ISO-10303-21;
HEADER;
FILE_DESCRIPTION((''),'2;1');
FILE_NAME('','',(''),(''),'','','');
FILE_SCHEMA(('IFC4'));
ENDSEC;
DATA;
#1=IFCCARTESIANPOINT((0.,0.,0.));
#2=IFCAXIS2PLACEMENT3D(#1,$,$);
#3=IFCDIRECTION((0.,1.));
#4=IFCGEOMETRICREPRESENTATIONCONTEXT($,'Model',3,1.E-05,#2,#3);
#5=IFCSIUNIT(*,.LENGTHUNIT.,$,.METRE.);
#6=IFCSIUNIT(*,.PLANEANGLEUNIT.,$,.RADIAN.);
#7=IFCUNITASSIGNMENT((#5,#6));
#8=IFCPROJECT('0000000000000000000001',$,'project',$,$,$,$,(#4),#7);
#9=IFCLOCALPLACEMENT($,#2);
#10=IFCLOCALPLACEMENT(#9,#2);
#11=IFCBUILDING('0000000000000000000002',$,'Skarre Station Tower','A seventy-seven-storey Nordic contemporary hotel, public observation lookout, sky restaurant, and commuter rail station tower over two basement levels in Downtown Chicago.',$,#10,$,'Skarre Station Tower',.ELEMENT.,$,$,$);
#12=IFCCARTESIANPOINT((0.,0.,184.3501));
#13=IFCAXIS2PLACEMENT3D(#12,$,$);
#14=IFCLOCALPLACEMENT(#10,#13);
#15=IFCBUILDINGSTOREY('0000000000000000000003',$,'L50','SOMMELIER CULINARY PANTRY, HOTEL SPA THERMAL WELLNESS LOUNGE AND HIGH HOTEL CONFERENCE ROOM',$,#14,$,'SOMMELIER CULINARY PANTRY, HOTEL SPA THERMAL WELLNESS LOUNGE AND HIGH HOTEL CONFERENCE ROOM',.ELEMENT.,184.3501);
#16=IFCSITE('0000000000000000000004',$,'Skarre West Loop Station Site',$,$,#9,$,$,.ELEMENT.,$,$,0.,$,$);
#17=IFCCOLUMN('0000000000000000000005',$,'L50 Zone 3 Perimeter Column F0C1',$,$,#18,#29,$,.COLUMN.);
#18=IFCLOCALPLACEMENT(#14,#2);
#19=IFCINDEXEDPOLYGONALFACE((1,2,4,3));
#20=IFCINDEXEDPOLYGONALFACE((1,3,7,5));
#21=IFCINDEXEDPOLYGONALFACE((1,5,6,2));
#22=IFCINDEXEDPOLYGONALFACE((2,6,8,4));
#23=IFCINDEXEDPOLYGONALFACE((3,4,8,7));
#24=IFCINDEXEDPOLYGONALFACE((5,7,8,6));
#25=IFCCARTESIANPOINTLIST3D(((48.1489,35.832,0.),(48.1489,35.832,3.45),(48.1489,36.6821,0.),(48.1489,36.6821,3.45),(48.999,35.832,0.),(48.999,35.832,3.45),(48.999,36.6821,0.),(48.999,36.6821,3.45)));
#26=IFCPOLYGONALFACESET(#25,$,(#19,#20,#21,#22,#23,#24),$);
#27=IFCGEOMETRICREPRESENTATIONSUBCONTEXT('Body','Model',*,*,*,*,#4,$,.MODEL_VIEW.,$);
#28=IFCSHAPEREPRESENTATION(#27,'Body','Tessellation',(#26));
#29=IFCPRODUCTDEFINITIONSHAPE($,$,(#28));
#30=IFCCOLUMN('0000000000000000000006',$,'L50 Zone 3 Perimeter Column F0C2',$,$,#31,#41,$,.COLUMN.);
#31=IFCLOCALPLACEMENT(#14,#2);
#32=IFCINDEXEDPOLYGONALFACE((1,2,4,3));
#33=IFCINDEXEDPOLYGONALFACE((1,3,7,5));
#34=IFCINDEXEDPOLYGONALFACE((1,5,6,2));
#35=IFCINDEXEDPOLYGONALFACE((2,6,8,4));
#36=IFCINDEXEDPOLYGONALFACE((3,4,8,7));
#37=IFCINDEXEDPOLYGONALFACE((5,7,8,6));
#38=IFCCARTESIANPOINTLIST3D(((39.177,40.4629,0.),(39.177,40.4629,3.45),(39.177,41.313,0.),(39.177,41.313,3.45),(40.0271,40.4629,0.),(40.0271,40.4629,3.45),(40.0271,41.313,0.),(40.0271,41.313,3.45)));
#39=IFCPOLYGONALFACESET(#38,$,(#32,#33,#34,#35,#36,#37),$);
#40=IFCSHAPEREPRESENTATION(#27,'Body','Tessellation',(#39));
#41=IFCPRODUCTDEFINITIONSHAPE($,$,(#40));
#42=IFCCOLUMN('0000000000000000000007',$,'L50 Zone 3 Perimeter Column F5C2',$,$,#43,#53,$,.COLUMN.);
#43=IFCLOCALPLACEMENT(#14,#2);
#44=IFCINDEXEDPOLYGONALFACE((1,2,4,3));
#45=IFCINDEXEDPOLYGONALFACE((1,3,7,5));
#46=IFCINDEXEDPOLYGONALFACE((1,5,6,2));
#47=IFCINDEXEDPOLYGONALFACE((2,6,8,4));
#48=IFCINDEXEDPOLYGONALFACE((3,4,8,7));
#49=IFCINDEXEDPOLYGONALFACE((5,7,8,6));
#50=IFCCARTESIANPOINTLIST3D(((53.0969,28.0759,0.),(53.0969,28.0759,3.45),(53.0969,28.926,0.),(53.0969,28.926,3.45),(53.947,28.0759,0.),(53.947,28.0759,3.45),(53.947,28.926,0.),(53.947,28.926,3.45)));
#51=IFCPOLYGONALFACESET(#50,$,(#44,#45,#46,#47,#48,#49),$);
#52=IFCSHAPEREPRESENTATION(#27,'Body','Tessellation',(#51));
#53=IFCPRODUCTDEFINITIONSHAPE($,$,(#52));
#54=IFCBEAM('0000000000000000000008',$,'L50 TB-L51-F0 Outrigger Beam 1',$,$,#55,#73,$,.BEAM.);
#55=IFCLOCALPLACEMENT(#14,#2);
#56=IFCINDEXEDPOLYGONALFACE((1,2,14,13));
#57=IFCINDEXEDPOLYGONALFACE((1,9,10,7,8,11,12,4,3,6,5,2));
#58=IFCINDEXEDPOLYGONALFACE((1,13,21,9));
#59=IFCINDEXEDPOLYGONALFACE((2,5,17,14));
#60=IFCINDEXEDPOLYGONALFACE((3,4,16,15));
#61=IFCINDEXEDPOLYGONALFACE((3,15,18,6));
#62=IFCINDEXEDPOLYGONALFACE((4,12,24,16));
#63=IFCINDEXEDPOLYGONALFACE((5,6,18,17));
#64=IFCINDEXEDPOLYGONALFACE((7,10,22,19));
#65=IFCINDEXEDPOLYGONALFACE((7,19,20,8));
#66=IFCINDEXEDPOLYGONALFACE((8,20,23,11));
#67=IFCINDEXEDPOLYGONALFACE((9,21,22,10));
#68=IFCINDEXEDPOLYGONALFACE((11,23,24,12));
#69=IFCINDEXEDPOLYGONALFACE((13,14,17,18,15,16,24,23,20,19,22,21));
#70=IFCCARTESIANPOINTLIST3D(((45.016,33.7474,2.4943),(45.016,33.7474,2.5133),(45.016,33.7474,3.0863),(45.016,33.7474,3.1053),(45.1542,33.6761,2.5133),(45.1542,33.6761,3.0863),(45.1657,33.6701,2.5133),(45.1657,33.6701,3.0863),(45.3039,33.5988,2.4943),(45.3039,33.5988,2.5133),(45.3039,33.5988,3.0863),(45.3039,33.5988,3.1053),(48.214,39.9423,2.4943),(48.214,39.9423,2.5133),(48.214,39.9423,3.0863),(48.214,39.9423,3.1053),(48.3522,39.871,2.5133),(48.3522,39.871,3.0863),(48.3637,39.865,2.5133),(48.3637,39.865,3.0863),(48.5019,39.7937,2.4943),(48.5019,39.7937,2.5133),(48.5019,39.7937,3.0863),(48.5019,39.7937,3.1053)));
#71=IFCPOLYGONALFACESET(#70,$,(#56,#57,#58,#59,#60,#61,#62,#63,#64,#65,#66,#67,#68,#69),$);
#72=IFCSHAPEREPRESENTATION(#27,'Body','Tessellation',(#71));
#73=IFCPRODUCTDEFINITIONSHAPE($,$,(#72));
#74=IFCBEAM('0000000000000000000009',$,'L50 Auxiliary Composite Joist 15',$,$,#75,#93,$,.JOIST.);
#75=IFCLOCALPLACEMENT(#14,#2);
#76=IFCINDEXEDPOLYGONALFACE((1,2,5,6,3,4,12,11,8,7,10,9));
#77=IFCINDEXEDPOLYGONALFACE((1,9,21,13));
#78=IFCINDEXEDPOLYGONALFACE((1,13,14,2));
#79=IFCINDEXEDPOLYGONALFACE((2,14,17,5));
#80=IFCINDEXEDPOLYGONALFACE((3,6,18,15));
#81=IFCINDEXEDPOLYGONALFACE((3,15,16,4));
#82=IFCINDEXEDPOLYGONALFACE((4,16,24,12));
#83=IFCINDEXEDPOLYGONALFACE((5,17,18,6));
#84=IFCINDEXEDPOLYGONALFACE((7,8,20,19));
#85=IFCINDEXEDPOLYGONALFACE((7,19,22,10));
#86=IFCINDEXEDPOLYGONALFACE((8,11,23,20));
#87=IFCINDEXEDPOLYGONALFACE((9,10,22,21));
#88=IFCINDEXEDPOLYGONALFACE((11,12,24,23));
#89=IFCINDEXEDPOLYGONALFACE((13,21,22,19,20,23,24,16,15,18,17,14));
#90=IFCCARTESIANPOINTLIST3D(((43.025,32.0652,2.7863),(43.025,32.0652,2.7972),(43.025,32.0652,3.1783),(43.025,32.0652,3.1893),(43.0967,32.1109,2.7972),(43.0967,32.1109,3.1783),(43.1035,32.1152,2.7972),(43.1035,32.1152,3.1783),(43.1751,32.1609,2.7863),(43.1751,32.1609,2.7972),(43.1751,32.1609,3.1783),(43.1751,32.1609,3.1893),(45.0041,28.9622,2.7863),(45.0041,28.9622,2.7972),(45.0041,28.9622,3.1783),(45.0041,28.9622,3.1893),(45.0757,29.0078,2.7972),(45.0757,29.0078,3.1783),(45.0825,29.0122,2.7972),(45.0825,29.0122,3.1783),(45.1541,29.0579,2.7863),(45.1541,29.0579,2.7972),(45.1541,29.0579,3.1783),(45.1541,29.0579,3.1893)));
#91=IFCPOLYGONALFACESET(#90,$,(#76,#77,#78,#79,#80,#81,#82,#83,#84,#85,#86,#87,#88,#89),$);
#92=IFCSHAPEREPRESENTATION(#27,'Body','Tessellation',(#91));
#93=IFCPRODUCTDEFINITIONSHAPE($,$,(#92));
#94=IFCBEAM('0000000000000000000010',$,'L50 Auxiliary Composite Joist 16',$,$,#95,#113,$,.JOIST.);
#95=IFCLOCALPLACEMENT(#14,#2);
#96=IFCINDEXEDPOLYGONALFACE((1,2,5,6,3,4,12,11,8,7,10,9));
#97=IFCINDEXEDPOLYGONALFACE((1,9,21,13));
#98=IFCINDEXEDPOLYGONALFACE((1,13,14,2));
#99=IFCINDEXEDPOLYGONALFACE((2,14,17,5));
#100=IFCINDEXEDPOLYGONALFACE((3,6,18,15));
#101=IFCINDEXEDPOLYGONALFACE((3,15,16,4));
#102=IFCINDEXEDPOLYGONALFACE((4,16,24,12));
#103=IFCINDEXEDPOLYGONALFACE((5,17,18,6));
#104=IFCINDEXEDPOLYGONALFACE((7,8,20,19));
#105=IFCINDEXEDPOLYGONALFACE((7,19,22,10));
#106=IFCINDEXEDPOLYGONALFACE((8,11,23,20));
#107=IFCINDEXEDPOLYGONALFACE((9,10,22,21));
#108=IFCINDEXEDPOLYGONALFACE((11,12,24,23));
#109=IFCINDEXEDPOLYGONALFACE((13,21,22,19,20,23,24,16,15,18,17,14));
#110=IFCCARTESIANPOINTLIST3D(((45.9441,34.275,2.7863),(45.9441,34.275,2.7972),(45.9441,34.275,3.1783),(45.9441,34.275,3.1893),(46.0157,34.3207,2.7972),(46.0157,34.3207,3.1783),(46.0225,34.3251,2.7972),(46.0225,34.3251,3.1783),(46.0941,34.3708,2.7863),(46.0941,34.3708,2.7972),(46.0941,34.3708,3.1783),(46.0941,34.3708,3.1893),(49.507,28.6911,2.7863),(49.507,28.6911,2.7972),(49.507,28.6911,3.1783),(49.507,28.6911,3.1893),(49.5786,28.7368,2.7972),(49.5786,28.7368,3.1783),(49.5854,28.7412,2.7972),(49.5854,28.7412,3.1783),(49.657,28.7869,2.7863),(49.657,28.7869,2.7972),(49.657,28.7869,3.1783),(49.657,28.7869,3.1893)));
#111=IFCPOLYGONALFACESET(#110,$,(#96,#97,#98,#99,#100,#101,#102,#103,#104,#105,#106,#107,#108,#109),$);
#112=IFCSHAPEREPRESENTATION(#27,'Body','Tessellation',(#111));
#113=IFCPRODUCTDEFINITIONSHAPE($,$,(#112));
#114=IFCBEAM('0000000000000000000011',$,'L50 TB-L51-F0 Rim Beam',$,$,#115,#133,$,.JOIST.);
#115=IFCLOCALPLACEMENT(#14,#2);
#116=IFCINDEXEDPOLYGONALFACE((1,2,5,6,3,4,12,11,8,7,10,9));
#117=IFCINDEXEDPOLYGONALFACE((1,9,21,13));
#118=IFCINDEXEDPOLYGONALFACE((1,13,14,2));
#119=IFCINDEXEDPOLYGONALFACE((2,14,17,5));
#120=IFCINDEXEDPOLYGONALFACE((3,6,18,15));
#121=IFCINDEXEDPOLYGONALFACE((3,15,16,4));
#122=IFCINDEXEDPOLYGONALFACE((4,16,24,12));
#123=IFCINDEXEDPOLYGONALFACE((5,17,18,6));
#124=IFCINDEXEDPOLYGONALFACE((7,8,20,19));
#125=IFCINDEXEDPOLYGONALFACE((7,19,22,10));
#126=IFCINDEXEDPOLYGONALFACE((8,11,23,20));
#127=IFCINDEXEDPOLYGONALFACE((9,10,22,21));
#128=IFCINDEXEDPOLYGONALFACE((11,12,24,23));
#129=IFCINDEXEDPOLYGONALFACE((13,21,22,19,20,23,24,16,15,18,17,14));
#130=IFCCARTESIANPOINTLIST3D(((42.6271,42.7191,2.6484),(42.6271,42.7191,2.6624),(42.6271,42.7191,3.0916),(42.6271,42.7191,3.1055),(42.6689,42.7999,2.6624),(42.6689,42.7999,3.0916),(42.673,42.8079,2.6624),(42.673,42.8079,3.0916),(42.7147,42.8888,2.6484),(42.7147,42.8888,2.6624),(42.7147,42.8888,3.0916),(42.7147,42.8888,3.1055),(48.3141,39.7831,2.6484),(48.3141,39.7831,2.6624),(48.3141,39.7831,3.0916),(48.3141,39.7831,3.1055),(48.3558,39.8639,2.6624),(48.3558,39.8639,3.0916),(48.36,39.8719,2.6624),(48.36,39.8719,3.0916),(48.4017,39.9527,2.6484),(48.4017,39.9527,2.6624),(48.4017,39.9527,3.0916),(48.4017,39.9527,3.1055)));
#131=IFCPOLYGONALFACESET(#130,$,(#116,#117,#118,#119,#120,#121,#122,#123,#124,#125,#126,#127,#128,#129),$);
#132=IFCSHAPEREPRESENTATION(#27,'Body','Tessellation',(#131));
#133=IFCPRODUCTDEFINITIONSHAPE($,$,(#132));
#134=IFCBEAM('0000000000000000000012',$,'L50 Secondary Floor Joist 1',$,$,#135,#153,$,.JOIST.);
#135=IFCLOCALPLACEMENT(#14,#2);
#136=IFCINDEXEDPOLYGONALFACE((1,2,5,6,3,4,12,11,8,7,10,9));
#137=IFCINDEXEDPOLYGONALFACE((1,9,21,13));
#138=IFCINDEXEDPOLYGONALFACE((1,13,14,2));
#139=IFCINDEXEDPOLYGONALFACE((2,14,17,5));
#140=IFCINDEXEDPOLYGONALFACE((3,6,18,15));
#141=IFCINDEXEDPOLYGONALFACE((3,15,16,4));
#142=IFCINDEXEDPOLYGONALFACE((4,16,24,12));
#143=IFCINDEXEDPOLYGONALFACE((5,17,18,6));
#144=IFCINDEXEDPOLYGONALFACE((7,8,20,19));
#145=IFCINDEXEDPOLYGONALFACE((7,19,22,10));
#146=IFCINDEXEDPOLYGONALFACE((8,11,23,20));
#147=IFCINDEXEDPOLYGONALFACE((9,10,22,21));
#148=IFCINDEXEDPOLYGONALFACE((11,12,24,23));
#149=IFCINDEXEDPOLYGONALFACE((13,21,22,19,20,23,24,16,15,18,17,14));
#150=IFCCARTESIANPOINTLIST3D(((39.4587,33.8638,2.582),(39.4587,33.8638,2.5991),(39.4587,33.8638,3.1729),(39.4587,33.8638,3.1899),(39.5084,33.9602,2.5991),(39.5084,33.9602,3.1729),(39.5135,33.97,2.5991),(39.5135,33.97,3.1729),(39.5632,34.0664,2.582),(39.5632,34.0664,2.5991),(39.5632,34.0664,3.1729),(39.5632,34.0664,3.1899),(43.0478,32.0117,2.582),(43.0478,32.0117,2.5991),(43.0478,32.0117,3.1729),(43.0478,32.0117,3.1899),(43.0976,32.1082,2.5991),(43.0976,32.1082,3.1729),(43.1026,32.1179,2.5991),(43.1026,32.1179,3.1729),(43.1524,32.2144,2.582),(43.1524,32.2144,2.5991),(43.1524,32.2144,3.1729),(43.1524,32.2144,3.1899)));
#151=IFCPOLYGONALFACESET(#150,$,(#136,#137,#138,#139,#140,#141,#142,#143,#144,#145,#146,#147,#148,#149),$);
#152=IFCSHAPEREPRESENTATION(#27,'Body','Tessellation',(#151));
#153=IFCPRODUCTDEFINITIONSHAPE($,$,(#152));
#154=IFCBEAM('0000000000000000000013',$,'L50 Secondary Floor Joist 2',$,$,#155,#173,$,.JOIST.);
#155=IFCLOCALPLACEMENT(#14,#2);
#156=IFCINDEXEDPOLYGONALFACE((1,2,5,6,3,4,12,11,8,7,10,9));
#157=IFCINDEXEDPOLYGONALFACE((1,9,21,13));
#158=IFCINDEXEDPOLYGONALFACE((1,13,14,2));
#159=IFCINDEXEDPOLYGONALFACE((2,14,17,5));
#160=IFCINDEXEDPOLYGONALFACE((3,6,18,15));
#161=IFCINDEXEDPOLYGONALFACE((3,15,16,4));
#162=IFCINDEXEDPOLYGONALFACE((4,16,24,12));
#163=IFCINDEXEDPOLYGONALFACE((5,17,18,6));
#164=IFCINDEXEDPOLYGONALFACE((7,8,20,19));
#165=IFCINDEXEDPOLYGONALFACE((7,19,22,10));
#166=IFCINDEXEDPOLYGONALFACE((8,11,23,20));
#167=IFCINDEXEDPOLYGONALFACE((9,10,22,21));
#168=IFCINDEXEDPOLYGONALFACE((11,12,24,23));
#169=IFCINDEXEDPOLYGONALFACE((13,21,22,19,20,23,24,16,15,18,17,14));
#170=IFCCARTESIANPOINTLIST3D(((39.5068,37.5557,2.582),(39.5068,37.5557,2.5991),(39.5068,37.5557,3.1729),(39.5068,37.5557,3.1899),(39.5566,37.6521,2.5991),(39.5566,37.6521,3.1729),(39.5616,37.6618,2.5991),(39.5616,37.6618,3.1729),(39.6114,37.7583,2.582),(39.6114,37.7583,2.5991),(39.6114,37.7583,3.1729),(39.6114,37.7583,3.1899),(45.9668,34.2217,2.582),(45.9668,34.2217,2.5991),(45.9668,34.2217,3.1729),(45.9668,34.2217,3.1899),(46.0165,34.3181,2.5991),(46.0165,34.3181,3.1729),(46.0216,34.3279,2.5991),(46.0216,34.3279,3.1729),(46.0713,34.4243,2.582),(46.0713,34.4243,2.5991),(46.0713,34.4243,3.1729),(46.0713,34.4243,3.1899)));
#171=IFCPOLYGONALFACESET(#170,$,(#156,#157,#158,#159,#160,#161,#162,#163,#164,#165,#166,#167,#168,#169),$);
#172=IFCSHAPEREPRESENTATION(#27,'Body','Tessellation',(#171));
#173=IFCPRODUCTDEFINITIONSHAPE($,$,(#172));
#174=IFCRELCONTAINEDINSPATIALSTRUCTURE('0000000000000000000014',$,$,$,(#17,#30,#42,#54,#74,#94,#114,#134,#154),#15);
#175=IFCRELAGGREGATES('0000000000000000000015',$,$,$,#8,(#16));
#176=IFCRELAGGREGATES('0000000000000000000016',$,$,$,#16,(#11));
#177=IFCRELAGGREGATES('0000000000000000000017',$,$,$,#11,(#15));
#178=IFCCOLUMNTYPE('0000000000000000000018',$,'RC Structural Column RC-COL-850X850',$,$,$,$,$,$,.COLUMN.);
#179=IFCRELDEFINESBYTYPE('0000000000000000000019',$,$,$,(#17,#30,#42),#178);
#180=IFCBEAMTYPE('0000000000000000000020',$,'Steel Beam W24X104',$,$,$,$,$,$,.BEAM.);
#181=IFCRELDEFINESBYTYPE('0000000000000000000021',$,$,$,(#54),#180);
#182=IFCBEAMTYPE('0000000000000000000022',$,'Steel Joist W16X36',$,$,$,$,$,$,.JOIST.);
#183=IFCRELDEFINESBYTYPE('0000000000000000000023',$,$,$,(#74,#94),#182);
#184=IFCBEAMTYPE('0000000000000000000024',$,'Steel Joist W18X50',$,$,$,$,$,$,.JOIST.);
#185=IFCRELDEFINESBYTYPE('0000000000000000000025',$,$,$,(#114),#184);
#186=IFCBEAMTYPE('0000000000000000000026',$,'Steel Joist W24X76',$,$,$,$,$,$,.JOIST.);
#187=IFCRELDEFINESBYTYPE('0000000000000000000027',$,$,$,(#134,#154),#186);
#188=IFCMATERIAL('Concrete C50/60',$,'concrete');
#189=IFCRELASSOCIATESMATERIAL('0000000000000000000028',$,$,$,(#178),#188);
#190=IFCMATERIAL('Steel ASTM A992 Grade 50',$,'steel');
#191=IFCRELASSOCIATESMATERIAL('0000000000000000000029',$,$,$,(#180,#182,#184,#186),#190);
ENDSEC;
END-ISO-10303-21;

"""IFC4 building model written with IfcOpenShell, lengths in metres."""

from ifc_helpers import new_model, si_unit, direction, frame, origin, origin_2d, place, context, subcontext, project, spatial, rectangle, i_section, extrude, material, material_profile, profile_set, type_object, element, save


model = new_model("IFC4")

# Units and contexts
model_context = context("Model", 3, precision=1e-05, world=origin(), true_north=direction((0.0, 1.0)))
body_context = subcontext(model_context, "Body", "Model", "MODEL_VIEW")
ifc_project = project(units=[si_unit("LENGTHUNIT", "METRE"), si_unit("PLANEANGLEUNIT", "RADIAN")], contexts=[model_context])

# Site, building, storey
site_placement = place(None, origin())
site = spatial("IfcSite", under=ifc_project, at=site_placement, Name="Skarre West Loop Station Site", CompositionType="ELEMENT", RefElevation=0.0)
building_placement = place(site_placement, origin())
building = spatial("IfcBuilding", under=site, at=building_placement, Name="Skarre Station Tower", Description="A seventy-seven-storey Nordic contemporary hotel, public observation lookout, sky restaurant, and commuter rail station tower over two basement levels in Downtown Chicago.", LongName="Skarre Station Tower", CompositionType="ELEMENT")
storey_placement = place(building_placement, frame((0.0, 0.0, 184.3501)))
storey = spatial("IfcBuildingStorey", under=building, at=storey_placement, Name="L50", Description="SOMMELIER CULINARY PANTRY, HOTEL SPA THERMAL WELLNESS LOUNGE AND HIGH HOTEL CONFERENCE ROOM", LongName="SOMMELIER CULINARY PANTRY, HOTEL SPA THERMAL WELLNESS LOUNGE AND HIGH HOTEL CONFERENCE ROOM", CompositionType="ELEMENT", Elevation=184.3501)

# Columns
ifc_material_1 = material(Name="Concrete C50/60", Category="concrete")
ifc_material_profile_1 = material_profile(ifc_material_1, rectangle(XDim=0.8501, YDim=0.8501, at=origin_2d()), Name="Concrete C50/60")
ifc_profile_set_1 = profile_set([ifc_material_profile_1], Name="Concrete C50/60")
column_type = type_object("IfcColumnType", Name="RC Structural Column RC-COL-850X850", PredefinedType="COLUMN", material=ifc_profile_set_1)
for number, where, z_axis, x_axis, name in (
    (1, (48.574, 36.2571, 0.0), (0.0, 0.0, 1.0), (1.0, 0.0, 0.0), "L50 Zone 3 Perimeter Column F0C1"),
    (2, (39.6021, 40.8879, 0.0), (0.0, 0.0, 1.0), (1.0, 0.0, 0.0), "L50 Zone 3 Perimeter Column F0C2"),
    (3, (53.522, 28.501, 0.0), (0.0, 0.0, 1.0), (1.0, 0.0, 0.0), "L50 Zone 3 Perimeter Column F5C2"),
):
    element("IfcColumn", number, at=place(storey_placement, frame(where, z_axis=z_axis, x_axis=x_axis)), inside=storey, type_object=column_type, Name=name, PredefinedType="COLUMN", context=body_context, shape_type="SweptSolid", body=[
        extrude(rectangle(XDim=0.8501, YDim=0.8501, at=origin_2d()), origin(), (0.0, 0.0, 1.0), 3.45),
    ])

# Beams
ifc_material_2 = material(Name="Steel ASTM A992 Grade 50", Category="steel")
ifc_material_profile_2 = material_profile(ifc_material_2, i_section(OverallWidth=0.324, OverallDepth=0.6111, WebThickness=0.0129, FlangeThickness=0.019, at=origin_2d()), Name="Steel ASTM A992 Grade 50")
ifc_profile_set_2 = profile_set([ifc_material_profile_2], Name="Steel ASTM A992 Grade 50")
beam_type_1 = type_object("IfcBeamType", Name="Steel Beam W24X104", PredefinedType="BEAM", material=ifc_profile_set_2)
beam_1_placement = place(storey_placement, frame((45.1599, 33.6731, 2.7998), z_axis=(0.458719, 0.888582, 0.0), x_axis=(-0.888582, 0.458719, 0.0)))
element("IfcBeam", 4, at=beam_1_placement, inside=storey, type_object=beam_type_1, Name="L50 TB-L51-F0 Outrigger Beam 1", PredefinedType="BEAM", context=body_context, shape_type="SweptSolid", body=[
    extrude(i_section(OverallWidth=0.324, OverallDepth=0.6111, WebThickness=0.0129, FlangeThickness=0.019, at=origin_2d()), origin(), (0.0, 0.0, 1.0), 6.9717),
])
ifc_material_profile_3 = material_profile(ifc_material_2, i_section(OverallWidth=0.178, OverallDepth=0.4031, WebThickness=0.0081, FlangeThickness=0.011, at=origin_2d()), Name="Steel ASTM A992 Grade 50")
ifc_profile_set_3 = profile_set([ifc_material_profile_3], Name="Steel ASTM A992 Grade 50")
beam_type_2 = type_object("IfcBeamType", Name="Steel Joist W16X36", PredefinedType="JOIST", material=ifc_profile_set_3)
beam_2_placement = place(storey_placement, frame((45.0791, 29.01, 2.9878), z_axis=(-0.537717, 0.843126, 0.0), x_axis=(-0.843126, -0.537717, 0.0)))
element("IfcBeam", 5, at=beam_2_placement, inside=storey, type_object=beam_type_2, Name="L50 Auxiliary Composite Joist 15", PredefinedType="JOIST", context=body_context, shape_type="SweptSolid", body=[
    extrude(i_section(OverallWidth=0.178, OverallDepth=0.4031, WebThickness=0.0081, FlangeThickness=0.011, at=origin_2d()), origin(), (0.0, 0.0, 1.0), 3.6804),
])
beam_3_placement = place(storey_placement, frame((49.582, 28.739, 2.9878), z_axis=(-0.537901, 0.843008, 0.0), x_axis=(-0.843008, -0.537901, 0.0)))
element("IfcBeam", 6, at=beam_3_placement, inside=storey, type_object=beam_type_2, Name="L50 Auxiliary Composite Joist 16", PredefinedType="JOIST", context=body_context, shape_type="SweptSolid", body=[
    extrude(i_section(OverallWidth=0.178, OverallDepth=0.4031, WebThickness=0.0081, FlangeThickness=0.011, at=origin_2d()), origin(), (0.0, 0.0, 1.0), 6.6238),
])
ifc_material_profile_4 = material_profile(ifc_material_2, i_section(OverallWidth=0.1909, OverallDepth=0.457, WebThickness=0.009, FlangeThickness=0.0139, at=origin_2d()), Name="Steel ASTM A992 Grade 50")
ifc_profile_set_4 = profile_set([ifc_material_profile_4], Name="Steel ASTM A992 Grade 50")
beam_type_3 = type_object("IfcBeamType", Name="Steel Joist W18X50", PredefinedType="JOIST", material=ifc_profile_set_4)
beam_4_placement = place(storey_placement, frame((48.3579, 39.8679, 2.877), z_axis=(-0.888569, 0.458742, 0.0), x_axis=(-0.458742, -0.888569, 0.0)))
element("IfcBeam", 7, at=beam_4_placement, inside=storey, type_object=beam_type_3, Name="L50 TB-L51-F0 Rim Beam", PredefinedType="JOIST", context=body_context, shape_type="SweptSolid", body=[
    extrude(i_section(OverallWidth=0.1909, OverallDepth=0.457, WebThickness=0.009, FlangeThickness=0.0139, at=origin_2d()), origin(), (0.0, 0.0, 1.0), 6.4001),
])
ifc_material_profile_5 = material_profile(ifc_material_2, i_section(OverallWidth=0.228, OverallDepth=0.6079, WebThickness=0.011, FlangeThickness=0.0171, at=origin_2d()), Name="Steel ASTM A992 Grade 50")
ifc_profile_set_5 = profile_set([ifc_material_profile_5], Name="Steel ASTM A992 Grade 50")
beam_type_4 = type_object("IfcBeamType", Name="Steel Joist W24X76", PredefinedType="JOIST", material=ifc_profile_set_5)
beam_5_placement = place(storey_placement, frame((43.1001, 32.113, 2.886), z_axis=(-0.88866, 0.458566, 0.0), x_axis=(-0.458566, -0.88866, 0.0)))
element("IfcBeam", 8, at=beam_5_placement, inside=storey, type_object=beam_type_4, Name="L50 Secondary Floor Joist 1", PredefinedType="JOIST", context=body_context, shape_type="SweptSolid", body=[
    extrude(i_section(OverallWidth=0.228, OverallDepth=0.6079, WebThickness=0.011, FlangeThickness=0.0171, at=origin_2d()), origin(), (0.0, 0.0, 1.0), 4.0388),
])
beam_6_placement = place(storey_placement, frame((46.019, 34.323, 2.886), z_axis=(-0.888631, 0.458622, 0.0), x_axis=(-0.458622, -0.888631, 0.0)))
element("IfcBeam", 9, at=beam_6_placement, inside=storey, type_object=beam_type_4, Name="L50 Secondary Floor Joist 2", PredefinedType="JOIST", context=body_context, shape_type="SweptSolid", body=[
    extrude(i_section(OverallWidth=0.228, OverallDepth=0.6079, WebThickness=0.011, FlangeThickness=0.0171, at=origin_2d()), origin(), (0.0, 0.0, 1.0), 7.2695),
])

save(model, "model.ifc")
